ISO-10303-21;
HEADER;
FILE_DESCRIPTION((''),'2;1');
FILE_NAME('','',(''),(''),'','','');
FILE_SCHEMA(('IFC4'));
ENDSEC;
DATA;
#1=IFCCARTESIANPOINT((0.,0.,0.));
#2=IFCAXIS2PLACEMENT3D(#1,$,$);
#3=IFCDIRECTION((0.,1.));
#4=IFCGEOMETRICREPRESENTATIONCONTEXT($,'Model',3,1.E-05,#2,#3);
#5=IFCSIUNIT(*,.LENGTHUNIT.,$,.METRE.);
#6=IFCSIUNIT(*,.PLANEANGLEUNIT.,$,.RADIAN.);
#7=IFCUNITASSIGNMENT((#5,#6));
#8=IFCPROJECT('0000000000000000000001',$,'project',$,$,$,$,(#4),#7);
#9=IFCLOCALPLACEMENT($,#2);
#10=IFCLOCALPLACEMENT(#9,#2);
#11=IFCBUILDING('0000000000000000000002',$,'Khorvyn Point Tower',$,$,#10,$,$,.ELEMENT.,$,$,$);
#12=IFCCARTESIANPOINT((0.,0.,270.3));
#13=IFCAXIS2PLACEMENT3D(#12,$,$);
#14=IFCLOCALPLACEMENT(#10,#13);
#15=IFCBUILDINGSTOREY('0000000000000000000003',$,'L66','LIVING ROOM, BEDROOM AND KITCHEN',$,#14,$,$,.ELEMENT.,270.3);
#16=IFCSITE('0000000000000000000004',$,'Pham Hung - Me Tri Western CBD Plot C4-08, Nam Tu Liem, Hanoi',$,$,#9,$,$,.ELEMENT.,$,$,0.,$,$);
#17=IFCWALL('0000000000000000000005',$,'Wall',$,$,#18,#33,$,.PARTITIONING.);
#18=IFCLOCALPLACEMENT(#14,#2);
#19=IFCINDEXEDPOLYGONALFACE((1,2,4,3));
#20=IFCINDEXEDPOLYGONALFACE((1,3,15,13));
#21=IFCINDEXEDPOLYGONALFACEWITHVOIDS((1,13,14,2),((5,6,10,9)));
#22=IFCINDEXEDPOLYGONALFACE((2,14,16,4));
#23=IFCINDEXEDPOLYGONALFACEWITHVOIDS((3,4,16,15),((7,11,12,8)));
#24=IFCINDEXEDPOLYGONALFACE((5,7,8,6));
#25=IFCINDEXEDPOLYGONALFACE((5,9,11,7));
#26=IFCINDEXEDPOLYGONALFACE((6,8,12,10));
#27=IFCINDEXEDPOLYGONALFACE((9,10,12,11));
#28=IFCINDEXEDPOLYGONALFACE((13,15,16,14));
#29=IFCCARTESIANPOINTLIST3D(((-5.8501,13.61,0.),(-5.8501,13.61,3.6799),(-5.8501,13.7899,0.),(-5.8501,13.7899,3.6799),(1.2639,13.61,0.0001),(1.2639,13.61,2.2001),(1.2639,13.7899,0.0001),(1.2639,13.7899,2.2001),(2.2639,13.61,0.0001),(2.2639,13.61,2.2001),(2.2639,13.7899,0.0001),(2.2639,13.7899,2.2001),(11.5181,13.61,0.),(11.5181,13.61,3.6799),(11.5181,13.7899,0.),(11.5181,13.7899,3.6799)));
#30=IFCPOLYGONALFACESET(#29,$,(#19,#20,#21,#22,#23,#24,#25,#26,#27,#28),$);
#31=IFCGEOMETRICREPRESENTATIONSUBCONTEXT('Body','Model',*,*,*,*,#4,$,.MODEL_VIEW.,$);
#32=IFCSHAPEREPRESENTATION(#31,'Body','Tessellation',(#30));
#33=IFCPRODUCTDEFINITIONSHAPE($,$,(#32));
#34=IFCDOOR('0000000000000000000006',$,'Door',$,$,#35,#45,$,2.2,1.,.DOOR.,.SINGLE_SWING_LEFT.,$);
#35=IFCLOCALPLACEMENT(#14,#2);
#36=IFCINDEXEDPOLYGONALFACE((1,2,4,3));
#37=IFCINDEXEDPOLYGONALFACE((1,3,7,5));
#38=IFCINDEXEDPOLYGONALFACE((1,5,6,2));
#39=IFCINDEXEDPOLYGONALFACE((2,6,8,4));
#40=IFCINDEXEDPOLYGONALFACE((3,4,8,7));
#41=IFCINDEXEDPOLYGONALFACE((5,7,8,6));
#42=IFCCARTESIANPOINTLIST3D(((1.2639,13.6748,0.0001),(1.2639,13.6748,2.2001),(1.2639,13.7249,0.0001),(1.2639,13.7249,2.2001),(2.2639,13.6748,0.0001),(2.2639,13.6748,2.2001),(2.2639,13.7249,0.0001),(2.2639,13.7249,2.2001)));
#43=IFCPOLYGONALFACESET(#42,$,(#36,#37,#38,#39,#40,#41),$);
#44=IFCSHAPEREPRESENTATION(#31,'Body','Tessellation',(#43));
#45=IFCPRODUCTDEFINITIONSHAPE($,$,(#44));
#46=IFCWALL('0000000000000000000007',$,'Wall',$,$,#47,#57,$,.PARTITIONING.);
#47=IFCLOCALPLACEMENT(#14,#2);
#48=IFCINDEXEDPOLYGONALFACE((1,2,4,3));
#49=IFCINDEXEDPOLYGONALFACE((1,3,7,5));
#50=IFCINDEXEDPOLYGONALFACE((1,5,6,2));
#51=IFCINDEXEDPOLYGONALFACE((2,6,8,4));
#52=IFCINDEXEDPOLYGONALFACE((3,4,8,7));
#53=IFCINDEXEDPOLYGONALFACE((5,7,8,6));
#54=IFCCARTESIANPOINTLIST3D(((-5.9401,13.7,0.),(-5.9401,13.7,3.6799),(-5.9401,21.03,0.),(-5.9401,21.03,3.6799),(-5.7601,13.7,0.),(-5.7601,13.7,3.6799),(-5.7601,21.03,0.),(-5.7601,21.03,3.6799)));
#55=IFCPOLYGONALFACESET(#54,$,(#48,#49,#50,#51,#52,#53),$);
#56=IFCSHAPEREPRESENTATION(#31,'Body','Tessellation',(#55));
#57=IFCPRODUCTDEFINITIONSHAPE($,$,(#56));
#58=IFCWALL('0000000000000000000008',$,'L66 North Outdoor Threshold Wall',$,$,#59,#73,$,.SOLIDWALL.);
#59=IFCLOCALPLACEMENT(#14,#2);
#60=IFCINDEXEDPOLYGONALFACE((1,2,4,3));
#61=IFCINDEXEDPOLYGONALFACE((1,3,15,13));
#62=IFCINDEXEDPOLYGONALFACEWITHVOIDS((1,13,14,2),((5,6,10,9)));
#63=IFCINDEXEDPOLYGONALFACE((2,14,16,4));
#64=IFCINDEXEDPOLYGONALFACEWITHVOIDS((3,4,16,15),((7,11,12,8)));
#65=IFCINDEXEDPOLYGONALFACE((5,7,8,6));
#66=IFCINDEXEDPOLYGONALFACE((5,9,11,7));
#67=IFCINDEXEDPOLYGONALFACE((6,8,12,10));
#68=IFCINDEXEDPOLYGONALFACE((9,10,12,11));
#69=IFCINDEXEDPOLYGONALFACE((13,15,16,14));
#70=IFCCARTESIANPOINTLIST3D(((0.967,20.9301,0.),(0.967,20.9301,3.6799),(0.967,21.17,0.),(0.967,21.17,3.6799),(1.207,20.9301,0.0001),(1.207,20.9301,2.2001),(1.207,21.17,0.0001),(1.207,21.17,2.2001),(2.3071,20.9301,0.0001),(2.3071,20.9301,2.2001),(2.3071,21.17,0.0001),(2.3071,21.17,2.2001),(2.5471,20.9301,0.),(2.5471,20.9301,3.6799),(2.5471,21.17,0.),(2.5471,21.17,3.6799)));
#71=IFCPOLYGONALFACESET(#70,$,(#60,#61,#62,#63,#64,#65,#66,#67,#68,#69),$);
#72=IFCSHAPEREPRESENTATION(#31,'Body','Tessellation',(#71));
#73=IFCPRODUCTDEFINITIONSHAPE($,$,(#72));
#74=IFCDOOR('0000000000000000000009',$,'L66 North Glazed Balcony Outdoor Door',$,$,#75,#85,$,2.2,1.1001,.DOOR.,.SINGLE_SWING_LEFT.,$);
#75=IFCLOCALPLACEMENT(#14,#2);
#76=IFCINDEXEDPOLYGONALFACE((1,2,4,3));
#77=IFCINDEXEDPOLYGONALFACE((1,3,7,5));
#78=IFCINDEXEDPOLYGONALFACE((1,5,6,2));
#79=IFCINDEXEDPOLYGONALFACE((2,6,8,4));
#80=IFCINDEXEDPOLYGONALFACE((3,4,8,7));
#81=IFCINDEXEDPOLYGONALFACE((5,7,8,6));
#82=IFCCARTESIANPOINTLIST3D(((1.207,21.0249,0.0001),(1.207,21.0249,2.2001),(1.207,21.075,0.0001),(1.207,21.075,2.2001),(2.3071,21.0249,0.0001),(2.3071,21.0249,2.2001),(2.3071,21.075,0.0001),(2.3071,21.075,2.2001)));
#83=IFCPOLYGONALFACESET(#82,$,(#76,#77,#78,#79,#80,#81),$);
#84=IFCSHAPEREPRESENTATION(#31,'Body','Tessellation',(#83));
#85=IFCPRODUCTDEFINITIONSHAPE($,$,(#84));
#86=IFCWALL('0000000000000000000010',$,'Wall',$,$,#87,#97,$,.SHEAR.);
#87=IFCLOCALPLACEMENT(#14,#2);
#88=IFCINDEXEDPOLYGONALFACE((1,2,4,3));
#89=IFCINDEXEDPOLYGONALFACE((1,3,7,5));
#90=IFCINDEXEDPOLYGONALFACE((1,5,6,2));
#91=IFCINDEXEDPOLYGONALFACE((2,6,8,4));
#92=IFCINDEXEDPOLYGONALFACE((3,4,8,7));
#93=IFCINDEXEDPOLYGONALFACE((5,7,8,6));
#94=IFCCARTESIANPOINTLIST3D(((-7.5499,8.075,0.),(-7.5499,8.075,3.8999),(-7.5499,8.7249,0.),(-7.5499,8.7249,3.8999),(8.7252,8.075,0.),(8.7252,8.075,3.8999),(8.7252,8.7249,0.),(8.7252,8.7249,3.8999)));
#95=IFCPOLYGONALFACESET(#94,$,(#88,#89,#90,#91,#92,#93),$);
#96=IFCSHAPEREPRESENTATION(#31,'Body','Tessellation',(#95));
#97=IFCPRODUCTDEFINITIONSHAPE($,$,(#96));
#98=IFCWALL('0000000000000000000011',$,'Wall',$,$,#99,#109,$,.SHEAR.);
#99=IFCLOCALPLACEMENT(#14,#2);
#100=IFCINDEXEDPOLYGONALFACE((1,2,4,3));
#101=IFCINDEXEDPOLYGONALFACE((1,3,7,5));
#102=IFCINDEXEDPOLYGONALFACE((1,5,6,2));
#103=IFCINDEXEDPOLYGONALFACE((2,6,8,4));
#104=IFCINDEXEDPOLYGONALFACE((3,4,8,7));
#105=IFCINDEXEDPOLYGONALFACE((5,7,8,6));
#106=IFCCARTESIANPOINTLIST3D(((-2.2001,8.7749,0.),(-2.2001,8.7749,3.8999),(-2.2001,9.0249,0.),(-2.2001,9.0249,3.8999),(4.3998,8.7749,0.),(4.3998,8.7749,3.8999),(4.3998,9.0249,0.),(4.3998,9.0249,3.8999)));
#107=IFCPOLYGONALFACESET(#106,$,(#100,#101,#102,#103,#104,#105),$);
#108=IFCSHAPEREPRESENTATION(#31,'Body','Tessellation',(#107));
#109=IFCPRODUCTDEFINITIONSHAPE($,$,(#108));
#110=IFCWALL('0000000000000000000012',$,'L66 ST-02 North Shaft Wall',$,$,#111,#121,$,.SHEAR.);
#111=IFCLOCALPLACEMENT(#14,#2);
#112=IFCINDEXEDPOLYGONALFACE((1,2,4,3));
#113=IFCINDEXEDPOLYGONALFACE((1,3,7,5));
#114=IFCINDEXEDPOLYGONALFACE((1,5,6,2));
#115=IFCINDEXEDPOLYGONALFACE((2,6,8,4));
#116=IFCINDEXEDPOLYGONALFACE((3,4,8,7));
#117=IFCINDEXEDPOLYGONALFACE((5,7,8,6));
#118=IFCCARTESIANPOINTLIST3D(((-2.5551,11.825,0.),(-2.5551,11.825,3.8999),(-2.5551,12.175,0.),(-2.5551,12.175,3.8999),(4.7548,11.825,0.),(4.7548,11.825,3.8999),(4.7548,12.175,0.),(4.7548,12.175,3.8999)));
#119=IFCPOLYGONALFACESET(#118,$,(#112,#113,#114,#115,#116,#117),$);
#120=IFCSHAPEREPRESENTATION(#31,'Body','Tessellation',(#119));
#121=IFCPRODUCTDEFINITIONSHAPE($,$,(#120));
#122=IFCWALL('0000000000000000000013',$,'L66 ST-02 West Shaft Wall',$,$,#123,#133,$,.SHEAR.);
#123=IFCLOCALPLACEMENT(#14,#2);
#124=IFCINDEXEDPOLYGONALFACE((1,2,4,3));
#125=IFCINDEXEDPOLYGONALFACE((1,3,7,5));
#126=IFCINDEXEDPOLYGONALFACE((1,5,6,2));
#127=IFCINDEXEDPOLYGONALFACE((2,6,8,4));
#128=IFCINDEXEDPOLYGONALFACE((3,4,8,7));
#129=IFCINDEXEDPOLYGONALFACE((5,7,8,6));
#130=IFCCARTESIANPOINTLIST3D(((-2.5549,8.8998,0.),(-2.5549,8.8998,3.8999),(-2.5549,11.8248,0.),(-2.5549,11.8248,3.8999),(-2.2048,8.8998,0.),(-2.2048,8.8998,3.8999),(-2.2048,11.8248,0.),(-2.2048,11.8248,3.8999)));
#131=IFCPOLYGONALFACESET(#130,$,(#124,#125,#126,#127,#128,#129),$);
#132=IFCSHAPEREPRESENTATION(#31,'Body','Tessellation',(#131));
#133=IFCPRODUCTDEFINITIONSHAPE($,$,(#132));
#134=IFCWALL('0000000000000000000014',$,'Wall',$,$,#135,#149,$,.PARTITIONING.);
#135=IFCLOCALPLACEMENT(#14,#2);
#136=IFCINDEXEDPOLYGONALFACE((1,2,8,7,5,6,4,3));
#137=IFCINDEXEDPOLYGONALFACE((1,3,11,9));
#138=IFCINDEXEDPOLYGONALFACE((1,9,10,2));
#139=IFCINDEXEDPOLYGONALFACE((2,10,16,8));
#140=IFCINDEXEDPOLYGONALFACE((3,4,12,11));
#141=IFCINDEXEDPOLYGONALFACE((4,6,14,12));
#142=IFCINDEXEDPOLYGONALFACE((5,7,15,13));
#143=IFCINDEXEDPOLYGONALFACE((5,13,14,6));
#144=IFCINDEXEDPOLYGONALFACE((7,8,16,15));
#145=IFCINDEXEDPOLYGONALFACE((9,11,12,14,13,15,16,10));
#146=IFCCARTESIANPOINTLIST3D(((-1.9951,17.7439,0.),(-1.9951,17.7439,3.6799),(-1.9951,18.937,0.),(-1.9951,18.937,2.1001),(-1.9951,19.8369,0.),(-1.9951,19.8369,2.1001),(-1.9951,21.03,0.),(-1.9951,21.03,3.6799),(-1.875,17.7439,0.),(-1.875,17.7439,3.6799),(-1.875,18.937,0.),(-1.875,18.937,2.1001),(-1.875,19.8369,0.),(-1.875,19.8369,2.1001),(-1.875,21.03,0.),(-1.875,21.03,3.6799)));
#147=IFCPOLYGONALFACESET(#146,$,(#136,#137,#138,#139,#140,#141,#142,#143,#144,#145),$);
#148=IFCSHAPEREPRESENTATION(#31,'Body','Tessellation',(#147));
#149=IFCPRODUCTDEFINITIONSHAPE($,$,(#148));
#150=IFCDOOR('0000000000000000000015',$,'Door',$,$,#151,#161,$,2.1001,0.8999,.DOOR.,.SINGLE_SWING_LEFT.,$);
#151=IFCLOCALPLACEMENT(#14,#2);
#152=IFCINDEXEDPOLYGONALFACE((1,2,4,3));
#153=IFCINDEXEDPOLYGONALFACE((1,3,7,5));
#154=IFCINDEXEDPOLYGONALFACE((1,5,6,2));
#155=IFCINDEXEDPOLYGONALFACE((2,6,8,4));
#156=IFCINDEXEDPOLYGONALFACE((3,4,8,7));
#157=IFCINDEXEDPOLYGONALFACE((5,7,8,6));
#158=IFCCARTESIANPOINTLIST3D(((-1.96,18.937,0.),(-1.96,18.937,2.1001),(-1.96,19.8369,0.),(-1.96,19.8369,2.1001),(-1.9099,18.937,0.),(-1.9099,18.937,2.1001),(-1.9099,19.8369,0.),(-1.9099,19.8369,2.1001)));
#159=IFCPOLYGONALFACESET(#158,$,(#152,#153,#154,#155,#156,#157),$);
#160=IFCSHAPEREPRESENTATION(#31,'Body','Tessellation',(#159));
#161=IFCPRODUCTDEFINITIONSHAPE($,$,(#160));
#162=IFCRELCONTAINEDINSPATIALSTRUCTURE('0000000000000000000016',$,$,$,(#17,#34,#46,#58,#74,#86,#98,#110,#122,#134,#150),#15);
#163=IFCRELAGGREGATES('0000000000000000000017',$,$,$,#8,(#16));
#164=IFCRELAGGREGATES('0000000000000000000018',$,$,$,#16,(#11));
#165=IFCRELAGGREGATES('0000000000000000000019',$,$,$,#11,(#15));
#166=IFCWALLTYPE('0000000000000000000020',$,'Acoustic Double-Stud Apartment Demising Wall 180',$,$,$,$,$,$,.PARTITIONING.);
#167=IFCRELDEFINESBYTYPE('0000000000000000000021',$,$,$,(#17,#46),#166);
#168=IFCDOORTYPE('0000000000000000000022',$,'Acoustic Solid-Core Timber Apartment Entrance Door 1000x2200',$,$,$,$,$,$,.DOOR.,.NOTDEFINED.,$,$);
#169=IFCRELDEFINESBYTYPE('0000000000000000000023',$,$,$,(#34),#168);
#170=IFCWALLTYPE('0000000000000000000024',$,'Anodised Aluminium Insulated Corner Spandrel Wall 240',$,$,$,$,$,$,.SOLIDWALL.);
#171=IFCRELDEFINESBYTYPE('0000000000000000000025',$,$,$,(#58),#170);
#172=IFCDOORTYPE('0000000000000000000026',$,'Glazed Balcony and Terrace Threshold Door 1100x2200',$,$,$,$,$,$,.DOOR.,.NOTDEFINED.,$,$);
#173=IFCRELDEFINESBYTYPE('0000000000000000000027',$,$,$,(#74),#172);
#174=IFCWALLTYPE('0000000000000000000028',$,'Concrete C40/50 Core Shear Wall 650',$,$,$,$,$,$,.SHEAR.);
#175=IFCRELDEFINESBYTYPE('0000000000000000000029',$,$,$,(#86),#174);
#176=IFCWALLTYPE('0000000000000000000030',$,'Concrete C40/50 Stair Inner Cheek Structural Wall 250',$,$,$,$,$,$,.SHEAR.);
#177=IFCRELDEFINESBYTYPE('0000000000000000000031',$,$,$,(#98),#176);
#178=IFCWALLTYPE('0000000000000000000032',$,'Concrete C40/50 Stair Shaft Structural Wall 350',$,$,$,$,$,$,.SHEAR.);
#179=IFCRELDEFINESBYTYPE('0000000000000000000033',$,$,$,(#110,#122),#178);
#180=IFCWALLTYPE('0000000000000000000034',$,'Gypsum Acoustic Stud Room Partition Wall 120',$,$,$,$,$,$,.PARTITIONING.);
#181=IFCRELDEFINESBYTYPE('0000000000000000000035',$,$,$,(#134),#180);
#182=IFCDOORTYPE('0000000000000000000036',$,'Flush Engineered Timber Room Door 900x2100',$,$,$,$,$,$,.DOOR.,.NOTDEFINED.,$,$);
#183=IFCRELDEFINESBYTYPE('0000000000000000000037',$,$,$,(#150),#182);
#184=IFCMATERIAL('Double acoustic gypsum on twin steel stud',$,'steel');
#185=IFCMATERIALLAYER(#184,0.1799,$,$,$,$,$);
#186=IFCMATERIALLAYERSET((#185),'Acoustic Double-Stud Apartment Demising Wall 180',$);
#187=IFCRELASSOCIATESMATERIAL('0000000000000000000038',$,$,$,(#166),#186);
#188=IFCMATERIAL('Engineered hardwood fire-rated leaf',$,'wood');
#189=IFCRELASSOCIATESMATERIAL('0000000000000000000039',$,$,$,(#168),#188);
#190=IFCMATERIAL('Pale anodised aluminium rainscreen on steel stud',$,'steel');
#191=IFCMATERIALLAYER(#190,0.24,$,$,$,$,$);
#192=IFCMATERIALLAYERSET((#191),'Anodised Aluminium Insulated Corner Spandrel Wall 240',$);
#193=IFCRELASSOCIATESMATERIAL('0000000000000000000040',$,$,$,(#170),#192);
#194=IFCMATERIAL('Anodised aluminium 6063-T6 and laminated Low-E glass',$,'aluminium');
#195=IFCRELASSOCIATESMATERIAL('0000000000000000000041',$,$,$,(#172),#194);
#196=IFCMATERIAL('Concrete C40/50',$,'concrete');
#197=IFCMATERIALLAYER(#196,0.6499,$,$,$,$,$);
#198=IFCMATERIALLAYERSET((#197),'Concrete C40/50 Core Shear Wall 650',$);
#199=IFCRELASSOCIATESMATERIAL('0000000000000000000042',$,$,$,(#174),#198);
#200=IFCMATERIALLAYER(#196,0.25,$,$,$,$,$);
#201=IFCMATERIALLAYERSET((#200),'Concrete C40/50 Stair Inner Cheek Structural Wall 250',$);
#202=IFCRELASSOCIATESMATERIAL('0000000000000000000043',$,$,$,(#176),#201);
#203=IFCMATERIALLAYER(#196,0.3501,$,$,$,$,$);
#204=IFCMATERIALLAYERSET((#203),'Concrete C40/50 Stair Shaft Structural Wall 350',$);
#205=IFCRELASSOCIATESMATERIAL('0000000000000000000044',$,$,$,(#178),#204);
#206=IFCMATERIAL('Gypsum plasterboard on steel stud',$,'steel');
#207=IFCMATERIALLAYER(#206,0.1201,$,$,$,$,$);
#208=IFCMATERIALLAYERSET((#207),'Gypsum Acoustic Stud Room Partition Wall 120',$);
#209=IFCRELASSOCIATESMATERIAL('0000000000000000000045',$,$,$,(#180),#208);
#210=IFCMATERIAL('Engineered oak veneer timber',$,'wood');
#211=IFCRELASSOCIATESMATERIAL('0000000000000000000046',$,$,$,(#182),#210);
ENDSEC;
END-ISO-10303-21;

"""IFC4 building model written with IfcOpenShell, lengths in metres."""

from ifc_helpers import new_model, si_unit, direction, frame, frame_2d, origin, place, context, subcontext, project, spatial, rectangle, extrude, material, layer, layer_set, type_object, element, fill, save


model = new_model("IFC4")

# Units and contexts
model_context = context("Model", 3, precision=1e-05, world=origin(), true_north=direction((0.0, 1.0)))
body_context = subcontext(model_context, "Body", "Model", "MODEL_VIEW")
ifc_project = project(units=[si_unit("LENGTHUNIT", "METRE"), si_unit("PLANEANGLEUNIT", "RADIAN")], contexts=[model_context])

# Site, building, storey
site_placement = place(None, origin())
site = spatial("IfcSite", under=ifc_project, at=site_placement, Name="Pham Hung - Me Tri Western CBD Plot C4-08, Nam Tu Liem, Hanoi", CompositionType="ELEMENT", RefElevation=0.0)
building_placement = place(site_placement, origin())
building = spatial("IfcBuilding", under=site, at=building_placement, Name="Khorvyn Point Tower", CompositionType="ELEMENT")
storey_placement = place(building_placement, frame((0.0, 0.0, 270.3)))
storey = spatial("IfcBuildingStorey", under=building, at=storey_placement, Name="L66", Description="LIVING ROOM, BEDROOM AND KITCHEN", CompositionType="ELEMENT", Elevation=270.3)

# Shared definitions
ifc_material_1 = material(Name="Concrete C40/50", Category="concrete")

# Shared definitions
ifc_material_2 = material(Name="Anodised aluminium 6063-T6 and laminated Low-E glass", Category="aluminium")

# Wall, opening, door
ifc_material_3 = material(Name="Double acoustic gypsum on twin steel stud", Category="steel")
ifc_layer_1 = layer(ifc_material_3, 0.1799)
ifc_layer_set_1 = layer_set([ifc_layer_1], Name="Acoustic Double-Stud Apartment Demising Wall 180")
wall_type_1 = type_object("IfcWallType", Name="Acoustic Double-Stud Apartment Demising Wall 180", PredefinedType="PARTITIONING", material=ifc_layer_set_1)
wall_1_placement = place(storey_placement, frame((-5.8501, 13.7, 0.0), z_axis=(0.0, 0.0, 1.0), x_axis=(1.0, 0.0, 0.0)))
wall_1 = element("IfcWall", 1, at=wall_1_placement, inside=storey, type_object=wall_type_1, Name="Wall", PredefinedType="PARTITIONING", context=body_context, shape_type="SweptSolid", body=[
    extrude(rectangle(XDim=17.3682, YDim=0.1799, at=frame_2d((8.6841, 0.0))), origin(), (0.0, 0.0, 1.0), 3.6799),
])
opening_1_placement = place(wall_1_placement, frame((7.114, 0.0, 0.0)))
opening_1 = element("IfcOpeningElement", 2, at=opening_1_placement, cuts=wall_1, PredefinedType="OPENING", context=body_context, shape_type="SweptSolid", body=[
    extrude(rectangle(XDim=1.0, YDim=2.2, at=frame_2d((0.5, 1.1001))), frame((0.0, 0.0999, 0.0), z_axis=(0.0, -1.0, 0.0), x_axis=(1.0, 0.0, 0.0)), (0.0, 0.0, 1.0), 0.2),
])
ifc_material_4 = material(Name="Engineered hardwood fire-rated leaf", Category="wood")
door_type_1 = type_object("IfcDoorType", Name="Acoustic Solid-Core Timber Apartment Entrance Door 1000x2200", OperationType="NOTDEFINED", PredefinedType="DOOR", material=ifc_material_4)
door_1_placement = place(opening_1_placement, origin())
door_1 = element("IfcDoor", 3, at=door_1_placement, inside=storey, type_object=door_type_1, Name="Door", OperationType="SINGLE_SWING_LEFT", OverallHeight=2.2, OverallWidth=1.0, PredefinedType="DOOR", context=body_context, shape_type="SweptSolid", body=[
    extrude(rectangle(XDim=1.0, YDim=2.2, at=frame_2d((0.5, 1.1001))), frame((0.0, 0.0249, 0.0), z_axis=(0.0, -1.0, 0.0), x_axis=(1.0, 0.0, 0.0)), (0.0, 0.0, 1.0), 0.05),
])
fill(opening_1, door_1)

# Wall
wall_2_placement = place(storey_placement, frame((-5.8501, 13.7, 0.0), z_axis=(0.0, 0.0, 1.0), x_axis=(0.0, 1.0, 0.0)))
element("IfcWall", 4, at=wall_2_placement, inside=storey, type_object=wall_type_1, Name="Wall", PredefinedType="PARTITIONING", context=body_context, shape_type="SweptSolid", body=[
    extrude(rectangle(XDim=7.3301, YDim=0.1799, at=frame_2d((3.665, 0.0))), origin(), (0.0, 0.0, 1.0), 3.6799),
])

# Wall, opening, door
ifc_material_5 = material(Name="Pale anodised aluminium rainscreen on steel stud", Category="steel")
ifc_layer_2 = layer(ifc_material_5, 0.24)
ifc_layer_set_2 = layer_set([ifc_layer_2], Name="Anodised Aluminium Insulated Corner Spandrel Wall 240")
wall_type_2 = type_object("IfcWallType", Name="Anodised Aluminium Insulated Corner Spandrel Wall 240", PredefinedType="SOLIDWALL", material=ifc_layer_set_2)
wall_3_placement = place(storey_placement, frame((0.967, 21.05, 0.0), z_axis=(0.0, 0.0, 1.0), x_axis=(1.0, 0.0, 0.0)))
wall_3 = element("IfcWall", 5, at=wall_3_placement, inside=storey, type_object=wall_type_2, Name="L66 North Outdoor Threshold Wall", PredefinedType="SOLIDWALL", context=body_context, shape_type="SweptSolid", body=[
    extrude(rectangle(XDim=1.5801, YDim=0.24, at=frame_2d((0.79, 0.0))), origin(), (0.0, 0.0, 1.0), 3.6799),
])
opening_2_placement = place(wall_3_placement, frame((0.24, 0.0, 0.0)))
opening_2 = element("IfcOpeningElement", 6, at=opening_2_placement, cuts=wall_3, PredefinedType="OPENING", context=body_context, shape_type="SweptSolid", body=[
    extrude(rectangle(XDim=1.1001, YDim=2.2, at=frame_2d((0.55, 1.1001))), frame((0.0, 0.1299, 0.0), z_axis=(0.0, -1.0, 0.0), x_axis=(1.0, 0.0, 0.0)), (0.0, 0.0, 1.0), 0.26),
])
door_type_2 = type_object("IfcDoorType", Name="Glazed Balcony and Terrace Threshold Door 1100x2200", OperationType="NOTDEFINED", PredefinedType="DOOR", material=ifc_material_2)
door_2_placement = place(opening_2_placement, origin())
door_2 = element("IfcDoor", 7, at=door_2_placement, inside=storey, type_object=door_type_2, Name="L66 North Glazed Balcony Outdoor Door", OperationType="SINGLE_SWING_LEFT", OverallHeight=2.2, OverallWidth=1.1001, PredefinedType="DOOR", context=body_context, shape_type="SweptSolid", body=[
    extrude(rectangle(XDim=1.1001, YDim=2.2, at=frame_2d((0.55, 1.1001))), frame((0.0, 0.0249, 0.0), z_axis=(0.0, -1.0, 0.0), x_axis=(1.0, 0.0, 0.0)), (0.0, 0.0, 1.0), 0.05),
])
fill(opening_2, door_2)

# Walls
ifc_layer_3 = layer(ifc_material_1, 0.6499)
ifc_layer_set_3 = layer_set([ifc_layer_3], Name="Concrete C40/50 Core Shear Wall 650")
wall_type_3 = type_object("IfcWallType", Name="Concrete C40/50 Core Shear Wall 650", PredefinedType="SHEAR", material=ifc_layer_set_3)
wall_4_placement = place(storey_placement, frame((-7.55, 8.3999, 0.0), z_axis=(0.0, 0.0, 1.0), x_axis=(1.0, 0.0, 0.0)))
element("IfcWall", 8, at=wall_4_placement, inside=storey, type_object=wall_type_3, Name="Wall", PredefinedType="SHEAR", context=body_context, shape_type="SweptSolid", body=[
    extrude(rectangle(XDim=16.2751, YDim=0.6499, at=frame_2d((8.1377, 0.0))), origin(), (0.0, 0.0, 1.0), 3.8999),
])
ifc_layer_4 = layer(ifc_material_1, 0.25)
ifc_layer_set_4 = layer_set([ifc_layer_4], Name="Concrete C40/50 Stair Inner Cheek Structural Wall 250")
wall_type_4 = type_object("IfcWallType", Name="Concrete C40/50 Stair Inner Cheek Structural Wall 250", PredefinedType="SHEAR", material=ifc_layer_set_4)
wall_5_placement = place(storey_placement, frame((-2.2, 8.8999, 0.0), z_axis=(0.0, 0.0, 1.0), x_axis=(1.0, 0.0, 0.0)))
element("IfcWall", 9, at=wall_5_placement, inside=storey, type_object=wall_type_4, Name="Wall", PredefinedType="SHEAR", context=body_context, shape_type="SweptSolid", body=[
    extrude(rectangle(XDim=6.5999, YDim=0.25, at=frame_2d((3.2998, 0.0))), origin(), (0.0, 0.0, 1.0), 3.8999),
])
ifc_layer_5 = layer(ifc_material_1, 0.3501)
ifc_layer_set_5 = layer_set([ifc_layer_5], Name="Concrete C40/50 Stair Shaft Structural Wall 350")
wall_type_5 = type_object("IfcWallType", Name="Concrete C40/50 Stair Shaft Structural Wall 350", PredefinedType="SHEAR", material=ifc_layer_set_5)
wall_6_placement = place(storey_placement, frame((-2.5549, 12.0, 0.0), z_axis=(0.0, 0.0, 1.0), x_axis=(1.0, 0.0, 0.0)))
element("IfcWall", 10, at=wall_6_placement, inside=storey, type_object=wall_type_5, Name="L66 ST-02 North Shaft Wall", PredefinedType="SHEAR", context=body_context, shape_type="SweptSolid", body=[
    extrude(rectangle(XDim=7.3098, YDim=0.3501, at=frame_2d((3.6548, 0.0))), origin(), (0.0, 0.0, 1.0), 3.8999),
])
wall_7_placement = place(storey_placement, frame((-2.3799, 8.8999, 0.0), z_axis=(0.0, 0.0, 1.0), x_axis=(0.0, 1.0, 0.0)))
element("IfcWall", 11, at=wall_7_placement, inside=storey, type_object=wall_type_5, Name="L66 ST-02 West Shaft Wall", PredefinedType="SHEAR", context=body_context, shape_type="SweptSolid", body=[
    extrude(rectangle(XDim=2.925, YDim=0.3501, at=frame_2d((1.4624, 0.0))), origin(), (0.0, 0.0, 1.0), 3.8999),
])

# Wall, opening, door
ifc_material_6 = material(Name="Gypsum plasterboard on steel stud", Category="steel")
ifc_layer_6 = layer(ifc_material_6, 0.1201)
ifc_layer_set_6 = layer_set([ifc_layer_6], Name="Gypsum Acoustic Stud Room Partition Wall 120")
wall_type_6 = type_object("IfcWallType", Name="Gypsum Acoustic Stud Room Partition Wall 120", PredefinedType="PARTITIONING", material=ifc_layer_set_6)
wall_8_placement = place(storey_placement, frame((-1.9351, 17.7439, 0.0), z_axis=(0.0, 0.0, 1.0), x_axis=(0.0, 1.0, 0.0)))
wall_8 = element("IfcWall", 12, at=wall_8_placement, inside=storey, type_object=wall_type_6, Name="Wall", PredefinedType="PARTITIONING", context=body_context, shape_type="SweptSolid", body=[
    extrude(rectangle(XDim=3.2861, YDim=0.1201, at=frame_2d((1.6431, 0.0))), origin(), (0.0, 0.0, 1.0), 3.6799),
])
opening_3_placement = place(wall_8_placement, frame((1.1931, 0.0, 0.0)))
opening_3 = element("IfcOpeningElement", 13, at=opening_3_placement, cuts=wall_8, PredefinedType="OPENING", context=body_context, shape_type="SweptSolid", body=[
    extrude(rectangle(XDim=0.8999, YDim=2.1001, at=frame_2d((0.45, 1.05))), frame((0.0, 0.0701, 0.0), z_axis=(0.0, -1.0, 0.0), x_axis=(1.0, 0.0, 0.0)), (0.0, 0.0, 1.0), 0.1401),
])
ifc_material_7 = material(Name="Engineered oak veneer timber", Category="wood")
door_type_3 = type_object("IfcDoorType", Name="Flush Engineered Timber Room Door 900x2100", OperationType="NOTDEFINED", PredefinedType="DOOR", material=ifc_material_7)
door_3_placement = place(opening_3_placement, origin())
door_3 = element("IfcDoor", 14, at=door_3_placement, inside=storey, type_object=door_type_3, Name="Door", OperationType="SINGLE_SWING_LEFT", OverallHeight=2.1001, OverallWidth=0.8999, PredefinedType="DOOR", context=body_context, shape_type="SweptSolid", body=[
    extrude(rectangle(XDim=0.8999, YDim=2.1001, at=frame_2d((0.45, 1.05))), frame((0.0, 0.0249, 0.0), z_axis=(0.0, -1.0, 0.0), x_axis=(1.0, 0.0, 0.0)), (0.0, 0.0, 1.0), 0.05),
])
fill(opening_3, door_3)

save(model, "model.ifc")
